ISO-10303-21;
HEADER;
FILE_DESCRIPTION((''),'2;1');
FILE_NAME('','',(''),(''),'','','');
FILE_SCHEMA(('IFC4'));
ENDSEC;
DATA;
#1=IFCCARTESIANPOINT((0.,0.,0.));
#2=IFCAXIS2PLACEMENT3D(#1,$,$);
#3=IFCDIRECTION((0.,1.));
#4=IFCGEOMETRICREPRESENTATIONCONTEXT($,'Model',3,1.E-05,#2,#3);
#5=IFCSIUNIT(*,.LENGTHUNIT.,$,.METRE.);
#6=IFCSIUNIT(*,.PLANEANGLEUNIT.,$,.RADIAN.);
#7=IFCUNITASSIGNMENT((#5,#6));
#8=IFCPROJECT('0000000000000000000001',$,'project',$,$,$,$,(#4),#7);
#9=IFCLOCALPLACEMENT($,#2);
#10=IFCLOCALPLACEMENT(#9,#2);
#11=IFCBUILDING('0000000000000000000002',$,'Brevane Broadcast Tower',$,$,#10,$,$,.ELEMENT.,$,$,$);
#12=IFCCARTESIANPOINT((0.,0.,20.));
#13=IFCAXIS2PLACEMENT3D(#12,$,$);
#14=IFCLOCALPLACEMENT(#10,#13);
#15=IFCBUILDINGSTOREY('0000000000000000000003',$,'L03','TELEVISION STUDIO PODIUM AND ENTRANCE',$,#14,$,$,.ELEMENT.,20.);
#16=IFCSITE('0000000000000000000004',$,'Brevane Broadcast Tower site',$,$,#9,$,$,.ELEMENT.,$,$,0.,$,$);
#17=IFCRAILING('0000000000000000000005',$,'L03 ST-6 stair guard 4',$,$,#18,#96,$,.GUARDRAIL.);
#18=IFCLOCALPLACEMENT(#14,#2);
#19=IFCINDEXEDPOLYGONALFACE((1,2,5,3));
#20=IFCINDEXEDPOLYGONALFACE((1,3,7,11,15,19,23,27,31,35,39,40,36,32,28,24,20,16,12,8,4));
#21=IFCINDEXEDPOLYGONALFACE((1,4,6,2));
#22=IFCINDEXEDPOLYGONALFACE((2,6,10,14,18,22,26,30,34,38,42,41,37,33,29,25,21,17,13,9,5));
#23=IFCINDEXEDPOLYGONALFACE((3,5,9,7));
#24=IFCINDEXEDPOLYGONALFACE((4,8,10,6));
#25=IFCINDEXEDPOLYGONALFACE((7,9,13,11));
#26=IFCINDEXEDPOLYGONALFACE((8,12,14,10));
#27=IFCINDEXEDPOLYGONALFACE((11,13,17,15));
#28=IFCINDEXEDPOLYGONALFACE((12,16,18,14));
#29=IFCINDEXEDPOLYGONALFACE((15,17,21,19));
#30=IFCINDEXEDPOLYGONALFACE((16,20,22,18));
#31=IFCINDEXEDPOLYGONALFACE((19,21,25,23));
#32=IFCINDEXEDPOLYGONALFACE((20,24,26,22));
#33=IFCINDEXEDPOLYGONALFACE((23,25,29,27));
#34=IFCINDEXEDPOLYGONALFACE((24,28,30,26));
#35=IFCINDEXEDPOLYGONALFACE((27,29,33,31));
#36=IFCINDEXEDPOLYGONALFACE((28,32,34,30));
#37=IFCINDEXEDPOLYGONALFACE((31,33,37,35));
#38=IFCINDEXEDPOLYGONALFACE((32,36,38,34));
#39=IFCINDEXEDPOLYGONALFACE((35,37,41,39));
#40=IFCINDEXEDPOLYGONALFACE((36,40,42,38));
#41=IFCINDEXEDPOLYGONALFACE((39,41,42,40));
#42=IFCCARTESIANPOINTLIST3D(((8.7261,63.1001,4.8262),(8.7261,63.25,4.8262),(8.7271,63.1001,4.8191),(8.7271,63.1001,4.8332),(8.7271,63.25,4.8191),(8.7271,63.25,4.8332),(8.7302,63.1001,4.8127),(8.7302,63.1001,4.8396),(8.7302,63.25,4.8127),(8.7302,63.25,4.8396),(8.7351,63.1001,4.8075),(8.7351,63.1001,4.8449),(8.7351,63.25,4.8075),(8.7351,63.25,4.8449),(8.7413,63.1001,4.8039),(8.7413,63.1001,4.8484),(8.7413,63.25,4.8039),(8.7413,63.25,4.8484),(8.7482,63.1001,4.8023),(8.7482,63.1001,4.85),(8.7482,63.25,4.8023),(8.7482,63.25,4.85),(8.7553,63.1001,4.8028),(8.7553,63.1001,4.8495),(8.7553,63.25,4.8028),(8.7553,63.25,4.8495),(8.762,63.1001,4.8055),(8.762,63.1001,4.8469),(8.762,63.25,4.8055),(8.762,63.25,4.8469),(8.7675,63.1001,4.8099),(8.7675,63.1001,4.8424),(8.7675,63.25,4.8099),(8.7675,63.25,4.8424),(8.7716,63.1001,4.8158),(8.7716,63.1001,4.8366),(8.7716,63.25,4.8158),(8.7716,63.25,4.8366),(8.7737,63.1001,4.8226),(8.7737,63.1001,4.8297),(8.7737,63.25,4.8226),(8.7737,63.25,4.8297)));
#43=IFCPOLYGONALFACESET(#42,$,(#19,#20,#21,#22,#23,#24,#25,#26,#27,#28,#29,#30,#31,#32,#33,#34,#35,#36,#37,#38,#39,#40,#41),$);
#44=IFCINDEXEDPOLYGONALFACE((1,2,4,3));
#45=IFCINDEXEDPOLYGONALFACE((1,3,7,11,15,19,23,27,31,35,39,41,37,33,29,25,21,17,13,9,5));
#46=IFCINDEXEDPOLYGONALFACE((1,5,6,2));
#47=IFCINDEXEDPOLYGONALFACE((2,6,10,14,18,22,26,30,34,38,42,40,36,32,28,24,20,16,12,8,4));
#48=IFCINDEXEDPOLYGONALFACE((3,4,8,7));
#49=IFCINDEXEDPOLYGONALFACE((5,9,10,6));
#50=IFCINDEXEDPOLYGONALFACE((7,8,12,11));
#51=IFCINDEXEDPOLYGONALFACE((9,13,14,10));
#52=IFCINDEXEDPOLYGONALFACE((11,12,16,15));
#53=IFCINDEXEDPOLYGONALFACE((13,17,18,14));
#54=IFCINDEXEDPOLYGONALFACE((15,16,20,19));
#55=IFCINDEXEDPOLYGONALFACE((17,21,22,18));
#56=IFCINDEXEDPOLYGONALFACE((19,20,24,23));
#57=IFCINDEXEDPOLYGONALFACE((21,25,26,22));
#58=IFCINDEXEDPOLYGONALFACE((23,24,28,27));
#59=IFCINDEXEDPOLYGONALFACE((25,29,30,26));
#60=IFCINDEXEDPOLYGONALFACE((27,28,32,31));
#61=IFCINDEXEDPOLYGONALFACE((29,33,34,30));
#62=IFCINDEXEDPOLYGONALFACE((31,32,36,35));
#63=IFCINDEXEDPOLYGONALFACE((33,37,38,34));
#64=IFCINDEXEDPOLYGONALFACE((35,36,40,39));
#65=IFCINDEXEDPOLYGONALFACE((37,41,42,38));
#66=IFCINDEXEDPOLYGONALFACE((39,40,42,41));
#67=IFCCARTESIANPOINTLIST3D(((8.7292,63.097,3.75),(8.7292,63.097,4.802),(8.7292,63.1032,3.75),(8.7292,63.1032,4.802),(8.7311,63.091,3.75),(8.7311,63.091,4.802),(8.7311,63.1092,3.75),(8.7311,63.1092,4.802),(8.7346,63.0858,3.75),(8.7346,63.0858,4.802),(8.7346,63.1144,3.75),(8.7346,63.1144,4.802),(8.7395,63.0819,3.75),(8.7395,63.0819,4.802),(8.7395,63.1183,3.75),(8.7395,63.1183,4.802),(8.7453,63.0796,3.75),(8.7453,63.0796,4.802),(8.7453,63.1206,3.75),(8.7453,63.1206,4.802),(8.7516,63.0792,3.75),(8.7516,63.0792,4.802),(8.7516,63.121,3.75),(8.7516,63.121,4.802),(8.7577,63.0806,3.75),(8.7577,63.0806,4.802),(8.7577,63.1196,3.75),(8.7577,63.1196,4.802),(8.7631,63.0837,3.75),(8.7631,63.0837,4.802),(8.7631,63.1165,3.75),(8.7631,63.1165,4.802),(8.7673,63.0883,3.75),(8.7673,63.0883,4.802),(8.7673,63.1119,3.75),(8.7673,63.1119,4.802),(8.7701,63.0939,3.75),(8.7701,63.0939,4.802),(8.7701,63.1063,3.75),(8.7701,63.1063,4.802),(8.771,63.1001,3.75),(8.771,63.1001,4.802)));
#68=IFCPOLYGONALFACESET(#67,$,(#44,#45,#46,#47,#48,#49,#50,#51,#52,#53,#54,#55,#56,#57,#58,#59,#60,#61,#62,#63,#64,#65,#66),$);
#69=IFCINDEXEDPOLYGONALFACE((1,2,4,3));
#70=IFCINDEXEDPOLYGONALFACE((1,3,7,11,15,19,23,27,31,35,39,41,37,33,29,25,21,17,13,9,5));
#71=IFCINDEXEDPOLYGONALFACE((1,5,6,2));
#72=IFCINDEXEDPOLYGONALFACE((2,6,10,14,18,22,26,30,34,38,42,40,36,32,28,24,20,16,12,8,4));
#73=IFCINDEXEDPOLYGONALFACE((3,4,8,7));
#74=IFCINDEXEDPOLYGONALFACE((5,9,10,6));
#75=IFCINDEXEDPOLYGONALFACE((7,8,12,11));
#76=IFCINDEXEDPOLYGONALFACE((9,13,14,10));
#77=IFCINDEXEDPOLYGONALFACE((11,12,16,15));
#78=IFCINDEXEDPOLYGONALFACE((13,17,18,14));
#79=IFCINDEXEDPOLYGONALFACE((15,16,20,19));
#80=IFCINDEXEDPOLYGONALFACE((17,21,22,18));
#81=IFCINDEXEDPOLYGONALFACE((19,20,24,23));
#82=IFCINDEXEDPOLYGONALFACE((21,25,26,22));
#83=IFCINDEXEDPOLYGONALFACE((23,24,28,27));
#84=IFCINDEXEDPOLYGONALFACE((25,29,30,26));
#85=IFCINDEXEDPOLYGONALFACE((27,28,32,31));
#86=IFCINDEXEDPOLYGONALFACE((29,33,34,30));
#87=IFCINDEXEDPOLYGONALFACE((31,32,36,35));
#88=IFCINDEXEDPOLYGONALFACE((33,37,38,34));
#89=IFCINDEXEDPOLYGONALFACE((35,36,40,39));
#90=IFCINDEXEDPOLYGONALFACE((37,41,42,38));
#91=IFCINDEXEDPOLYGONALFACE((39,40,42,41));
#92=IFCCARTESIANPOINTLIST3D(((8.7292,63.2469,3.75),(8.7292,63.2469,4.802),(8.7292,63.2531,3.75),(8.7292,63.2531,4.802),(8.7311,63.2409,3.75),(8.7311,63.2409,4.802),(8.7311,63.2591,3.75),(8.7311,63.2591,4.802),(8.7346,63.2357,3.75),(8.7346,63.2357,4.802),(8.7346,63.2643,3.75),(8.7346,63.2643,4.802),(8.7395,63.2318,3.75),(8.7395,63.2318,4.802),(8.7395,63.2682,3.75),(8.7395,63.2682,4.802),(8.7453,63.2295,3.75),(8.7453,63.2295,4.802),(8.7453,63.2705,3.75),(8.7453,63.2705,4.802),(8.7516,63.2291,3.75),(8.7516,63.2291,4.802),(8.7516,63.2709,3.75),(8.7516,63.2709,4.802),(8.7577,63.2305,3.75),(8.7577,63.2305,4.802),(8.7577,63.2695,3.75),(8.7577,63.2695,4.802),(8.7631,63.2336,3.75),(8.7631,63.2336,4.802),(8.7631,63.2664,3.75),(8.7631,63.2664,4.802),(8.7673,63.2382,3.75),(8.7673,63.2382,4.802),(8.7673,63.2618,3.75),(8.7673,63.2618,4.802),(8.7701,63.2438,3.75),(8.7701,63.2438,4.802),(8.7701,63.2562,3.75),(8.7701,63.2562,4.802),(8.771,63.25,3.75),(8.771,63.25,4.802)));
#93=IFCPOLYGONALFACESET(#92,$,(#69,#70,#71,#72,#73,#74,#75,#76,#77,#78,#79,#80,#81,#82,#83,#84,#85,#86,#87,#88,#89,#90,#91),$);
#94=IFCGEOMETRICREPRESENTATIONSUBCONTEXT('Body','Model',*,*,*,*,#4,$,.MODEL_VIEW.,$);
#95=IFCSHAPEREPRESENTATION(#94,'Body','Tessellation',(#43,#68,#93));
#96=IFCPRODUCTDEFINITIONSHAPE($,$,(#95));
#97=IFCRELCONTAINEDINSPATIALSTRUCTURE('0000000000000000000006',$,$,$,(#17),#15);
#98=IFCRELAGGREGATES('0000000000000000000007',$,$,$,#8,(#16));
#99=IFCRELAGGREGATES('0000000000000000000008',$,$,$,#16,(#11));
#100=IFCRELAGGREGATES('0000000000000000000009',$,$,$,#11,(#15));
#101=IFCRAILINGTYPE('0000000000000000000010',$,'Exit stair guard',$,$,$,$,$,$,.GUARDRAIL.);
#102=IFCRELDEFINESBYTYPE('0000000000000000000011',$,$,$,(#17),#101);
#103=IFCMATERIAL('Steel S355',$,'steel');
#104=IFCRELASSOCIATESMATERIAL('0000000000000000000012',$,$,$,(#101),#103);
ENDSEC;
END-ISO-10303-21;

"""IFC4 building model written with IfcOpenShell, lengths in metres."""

from ifc_helpers import new_model, si_unit, direction, frame, origin, origin_2d, place, context, subcontext, project, spatial, circle, extrude, material, type_object, element, save


model = new_model("IFC4")

# Units and contexts
model_context = context("Model", 3, precision=1e-05, world=origin(), true_north=direction((0.0, 1.0)))
body_context = subcontext(model_context, "Body", "Model", "MODEL_VIEW")
ifc_project = project(units=[si_unit("LENGTHUNIT", "METRE"), si_unit("PLANEANGLEUNIT", "RADIAN")], contexts=[model_context])

# Site, building, storey
site_placement = place(None, origin())
site = spatial("IfcSite", under=ifc_project, at=site_placement, Name="Brevane Broadcast Tower site", CompositionType="ELEMENT", RefElevation=0.0)
building_placement = place(site_placement, origin())
building = spatial("IfcBuilding", under=site, at=building_placement, Name="Brevane Broadcast Tower", CompositionType="ELEMENT")
storey_placement = place(building_placement, frame((0.0, 0.0, 20.0)))
storey = spatial("IfcBuildingStorey", under=building, at=storey_placement, Name="L03", Description="TELEVISION STUDIO PODIUM AND ENTRANCE", CompositionType="ELEMENT", Elevation=20.0)

# Railing
ifc_material_1 = material(Name="Steel S355", Category="steel")
railing_type_1 = type_object("IfcRailingType", Name="Exit stair guard", PredefinedType="GUARDRAIL", material=ifc_material_1)
railing_1_placement = place(storey_placement, frame((8.75, 63.1001, 3.75)))
element("IfcRailing", 1, at=railing_1_placement, inside=storey, type_object=railing_type_1, Name="L03 ST-6 stair guard 4", PredefinedType="GUARDRAIL", context=body_context, shape_type="SweptSolid", body=[
    extrude(circle(Radius=0.0239, at=origin_2d()), frame((0.0, 0.0, 1.0762), z_axis=(0.0, 1.0, 0.0), x_axis=(-1.0, 0.0, 0.0)), (0.0, 0.0, 1.0), 0.1499),
    extrude(circle(Radius=0.021, at=origin_2d()), origin(), (0.0, 0.0, 1.0), 1.052),
    extrude(circle(Radius=0.021, at=origin_2d()), frame((0.0, 0.1499, 0.0)), (0.0, 0.0, 1.0), 1.052),
])

save(model, "model.ifc")
